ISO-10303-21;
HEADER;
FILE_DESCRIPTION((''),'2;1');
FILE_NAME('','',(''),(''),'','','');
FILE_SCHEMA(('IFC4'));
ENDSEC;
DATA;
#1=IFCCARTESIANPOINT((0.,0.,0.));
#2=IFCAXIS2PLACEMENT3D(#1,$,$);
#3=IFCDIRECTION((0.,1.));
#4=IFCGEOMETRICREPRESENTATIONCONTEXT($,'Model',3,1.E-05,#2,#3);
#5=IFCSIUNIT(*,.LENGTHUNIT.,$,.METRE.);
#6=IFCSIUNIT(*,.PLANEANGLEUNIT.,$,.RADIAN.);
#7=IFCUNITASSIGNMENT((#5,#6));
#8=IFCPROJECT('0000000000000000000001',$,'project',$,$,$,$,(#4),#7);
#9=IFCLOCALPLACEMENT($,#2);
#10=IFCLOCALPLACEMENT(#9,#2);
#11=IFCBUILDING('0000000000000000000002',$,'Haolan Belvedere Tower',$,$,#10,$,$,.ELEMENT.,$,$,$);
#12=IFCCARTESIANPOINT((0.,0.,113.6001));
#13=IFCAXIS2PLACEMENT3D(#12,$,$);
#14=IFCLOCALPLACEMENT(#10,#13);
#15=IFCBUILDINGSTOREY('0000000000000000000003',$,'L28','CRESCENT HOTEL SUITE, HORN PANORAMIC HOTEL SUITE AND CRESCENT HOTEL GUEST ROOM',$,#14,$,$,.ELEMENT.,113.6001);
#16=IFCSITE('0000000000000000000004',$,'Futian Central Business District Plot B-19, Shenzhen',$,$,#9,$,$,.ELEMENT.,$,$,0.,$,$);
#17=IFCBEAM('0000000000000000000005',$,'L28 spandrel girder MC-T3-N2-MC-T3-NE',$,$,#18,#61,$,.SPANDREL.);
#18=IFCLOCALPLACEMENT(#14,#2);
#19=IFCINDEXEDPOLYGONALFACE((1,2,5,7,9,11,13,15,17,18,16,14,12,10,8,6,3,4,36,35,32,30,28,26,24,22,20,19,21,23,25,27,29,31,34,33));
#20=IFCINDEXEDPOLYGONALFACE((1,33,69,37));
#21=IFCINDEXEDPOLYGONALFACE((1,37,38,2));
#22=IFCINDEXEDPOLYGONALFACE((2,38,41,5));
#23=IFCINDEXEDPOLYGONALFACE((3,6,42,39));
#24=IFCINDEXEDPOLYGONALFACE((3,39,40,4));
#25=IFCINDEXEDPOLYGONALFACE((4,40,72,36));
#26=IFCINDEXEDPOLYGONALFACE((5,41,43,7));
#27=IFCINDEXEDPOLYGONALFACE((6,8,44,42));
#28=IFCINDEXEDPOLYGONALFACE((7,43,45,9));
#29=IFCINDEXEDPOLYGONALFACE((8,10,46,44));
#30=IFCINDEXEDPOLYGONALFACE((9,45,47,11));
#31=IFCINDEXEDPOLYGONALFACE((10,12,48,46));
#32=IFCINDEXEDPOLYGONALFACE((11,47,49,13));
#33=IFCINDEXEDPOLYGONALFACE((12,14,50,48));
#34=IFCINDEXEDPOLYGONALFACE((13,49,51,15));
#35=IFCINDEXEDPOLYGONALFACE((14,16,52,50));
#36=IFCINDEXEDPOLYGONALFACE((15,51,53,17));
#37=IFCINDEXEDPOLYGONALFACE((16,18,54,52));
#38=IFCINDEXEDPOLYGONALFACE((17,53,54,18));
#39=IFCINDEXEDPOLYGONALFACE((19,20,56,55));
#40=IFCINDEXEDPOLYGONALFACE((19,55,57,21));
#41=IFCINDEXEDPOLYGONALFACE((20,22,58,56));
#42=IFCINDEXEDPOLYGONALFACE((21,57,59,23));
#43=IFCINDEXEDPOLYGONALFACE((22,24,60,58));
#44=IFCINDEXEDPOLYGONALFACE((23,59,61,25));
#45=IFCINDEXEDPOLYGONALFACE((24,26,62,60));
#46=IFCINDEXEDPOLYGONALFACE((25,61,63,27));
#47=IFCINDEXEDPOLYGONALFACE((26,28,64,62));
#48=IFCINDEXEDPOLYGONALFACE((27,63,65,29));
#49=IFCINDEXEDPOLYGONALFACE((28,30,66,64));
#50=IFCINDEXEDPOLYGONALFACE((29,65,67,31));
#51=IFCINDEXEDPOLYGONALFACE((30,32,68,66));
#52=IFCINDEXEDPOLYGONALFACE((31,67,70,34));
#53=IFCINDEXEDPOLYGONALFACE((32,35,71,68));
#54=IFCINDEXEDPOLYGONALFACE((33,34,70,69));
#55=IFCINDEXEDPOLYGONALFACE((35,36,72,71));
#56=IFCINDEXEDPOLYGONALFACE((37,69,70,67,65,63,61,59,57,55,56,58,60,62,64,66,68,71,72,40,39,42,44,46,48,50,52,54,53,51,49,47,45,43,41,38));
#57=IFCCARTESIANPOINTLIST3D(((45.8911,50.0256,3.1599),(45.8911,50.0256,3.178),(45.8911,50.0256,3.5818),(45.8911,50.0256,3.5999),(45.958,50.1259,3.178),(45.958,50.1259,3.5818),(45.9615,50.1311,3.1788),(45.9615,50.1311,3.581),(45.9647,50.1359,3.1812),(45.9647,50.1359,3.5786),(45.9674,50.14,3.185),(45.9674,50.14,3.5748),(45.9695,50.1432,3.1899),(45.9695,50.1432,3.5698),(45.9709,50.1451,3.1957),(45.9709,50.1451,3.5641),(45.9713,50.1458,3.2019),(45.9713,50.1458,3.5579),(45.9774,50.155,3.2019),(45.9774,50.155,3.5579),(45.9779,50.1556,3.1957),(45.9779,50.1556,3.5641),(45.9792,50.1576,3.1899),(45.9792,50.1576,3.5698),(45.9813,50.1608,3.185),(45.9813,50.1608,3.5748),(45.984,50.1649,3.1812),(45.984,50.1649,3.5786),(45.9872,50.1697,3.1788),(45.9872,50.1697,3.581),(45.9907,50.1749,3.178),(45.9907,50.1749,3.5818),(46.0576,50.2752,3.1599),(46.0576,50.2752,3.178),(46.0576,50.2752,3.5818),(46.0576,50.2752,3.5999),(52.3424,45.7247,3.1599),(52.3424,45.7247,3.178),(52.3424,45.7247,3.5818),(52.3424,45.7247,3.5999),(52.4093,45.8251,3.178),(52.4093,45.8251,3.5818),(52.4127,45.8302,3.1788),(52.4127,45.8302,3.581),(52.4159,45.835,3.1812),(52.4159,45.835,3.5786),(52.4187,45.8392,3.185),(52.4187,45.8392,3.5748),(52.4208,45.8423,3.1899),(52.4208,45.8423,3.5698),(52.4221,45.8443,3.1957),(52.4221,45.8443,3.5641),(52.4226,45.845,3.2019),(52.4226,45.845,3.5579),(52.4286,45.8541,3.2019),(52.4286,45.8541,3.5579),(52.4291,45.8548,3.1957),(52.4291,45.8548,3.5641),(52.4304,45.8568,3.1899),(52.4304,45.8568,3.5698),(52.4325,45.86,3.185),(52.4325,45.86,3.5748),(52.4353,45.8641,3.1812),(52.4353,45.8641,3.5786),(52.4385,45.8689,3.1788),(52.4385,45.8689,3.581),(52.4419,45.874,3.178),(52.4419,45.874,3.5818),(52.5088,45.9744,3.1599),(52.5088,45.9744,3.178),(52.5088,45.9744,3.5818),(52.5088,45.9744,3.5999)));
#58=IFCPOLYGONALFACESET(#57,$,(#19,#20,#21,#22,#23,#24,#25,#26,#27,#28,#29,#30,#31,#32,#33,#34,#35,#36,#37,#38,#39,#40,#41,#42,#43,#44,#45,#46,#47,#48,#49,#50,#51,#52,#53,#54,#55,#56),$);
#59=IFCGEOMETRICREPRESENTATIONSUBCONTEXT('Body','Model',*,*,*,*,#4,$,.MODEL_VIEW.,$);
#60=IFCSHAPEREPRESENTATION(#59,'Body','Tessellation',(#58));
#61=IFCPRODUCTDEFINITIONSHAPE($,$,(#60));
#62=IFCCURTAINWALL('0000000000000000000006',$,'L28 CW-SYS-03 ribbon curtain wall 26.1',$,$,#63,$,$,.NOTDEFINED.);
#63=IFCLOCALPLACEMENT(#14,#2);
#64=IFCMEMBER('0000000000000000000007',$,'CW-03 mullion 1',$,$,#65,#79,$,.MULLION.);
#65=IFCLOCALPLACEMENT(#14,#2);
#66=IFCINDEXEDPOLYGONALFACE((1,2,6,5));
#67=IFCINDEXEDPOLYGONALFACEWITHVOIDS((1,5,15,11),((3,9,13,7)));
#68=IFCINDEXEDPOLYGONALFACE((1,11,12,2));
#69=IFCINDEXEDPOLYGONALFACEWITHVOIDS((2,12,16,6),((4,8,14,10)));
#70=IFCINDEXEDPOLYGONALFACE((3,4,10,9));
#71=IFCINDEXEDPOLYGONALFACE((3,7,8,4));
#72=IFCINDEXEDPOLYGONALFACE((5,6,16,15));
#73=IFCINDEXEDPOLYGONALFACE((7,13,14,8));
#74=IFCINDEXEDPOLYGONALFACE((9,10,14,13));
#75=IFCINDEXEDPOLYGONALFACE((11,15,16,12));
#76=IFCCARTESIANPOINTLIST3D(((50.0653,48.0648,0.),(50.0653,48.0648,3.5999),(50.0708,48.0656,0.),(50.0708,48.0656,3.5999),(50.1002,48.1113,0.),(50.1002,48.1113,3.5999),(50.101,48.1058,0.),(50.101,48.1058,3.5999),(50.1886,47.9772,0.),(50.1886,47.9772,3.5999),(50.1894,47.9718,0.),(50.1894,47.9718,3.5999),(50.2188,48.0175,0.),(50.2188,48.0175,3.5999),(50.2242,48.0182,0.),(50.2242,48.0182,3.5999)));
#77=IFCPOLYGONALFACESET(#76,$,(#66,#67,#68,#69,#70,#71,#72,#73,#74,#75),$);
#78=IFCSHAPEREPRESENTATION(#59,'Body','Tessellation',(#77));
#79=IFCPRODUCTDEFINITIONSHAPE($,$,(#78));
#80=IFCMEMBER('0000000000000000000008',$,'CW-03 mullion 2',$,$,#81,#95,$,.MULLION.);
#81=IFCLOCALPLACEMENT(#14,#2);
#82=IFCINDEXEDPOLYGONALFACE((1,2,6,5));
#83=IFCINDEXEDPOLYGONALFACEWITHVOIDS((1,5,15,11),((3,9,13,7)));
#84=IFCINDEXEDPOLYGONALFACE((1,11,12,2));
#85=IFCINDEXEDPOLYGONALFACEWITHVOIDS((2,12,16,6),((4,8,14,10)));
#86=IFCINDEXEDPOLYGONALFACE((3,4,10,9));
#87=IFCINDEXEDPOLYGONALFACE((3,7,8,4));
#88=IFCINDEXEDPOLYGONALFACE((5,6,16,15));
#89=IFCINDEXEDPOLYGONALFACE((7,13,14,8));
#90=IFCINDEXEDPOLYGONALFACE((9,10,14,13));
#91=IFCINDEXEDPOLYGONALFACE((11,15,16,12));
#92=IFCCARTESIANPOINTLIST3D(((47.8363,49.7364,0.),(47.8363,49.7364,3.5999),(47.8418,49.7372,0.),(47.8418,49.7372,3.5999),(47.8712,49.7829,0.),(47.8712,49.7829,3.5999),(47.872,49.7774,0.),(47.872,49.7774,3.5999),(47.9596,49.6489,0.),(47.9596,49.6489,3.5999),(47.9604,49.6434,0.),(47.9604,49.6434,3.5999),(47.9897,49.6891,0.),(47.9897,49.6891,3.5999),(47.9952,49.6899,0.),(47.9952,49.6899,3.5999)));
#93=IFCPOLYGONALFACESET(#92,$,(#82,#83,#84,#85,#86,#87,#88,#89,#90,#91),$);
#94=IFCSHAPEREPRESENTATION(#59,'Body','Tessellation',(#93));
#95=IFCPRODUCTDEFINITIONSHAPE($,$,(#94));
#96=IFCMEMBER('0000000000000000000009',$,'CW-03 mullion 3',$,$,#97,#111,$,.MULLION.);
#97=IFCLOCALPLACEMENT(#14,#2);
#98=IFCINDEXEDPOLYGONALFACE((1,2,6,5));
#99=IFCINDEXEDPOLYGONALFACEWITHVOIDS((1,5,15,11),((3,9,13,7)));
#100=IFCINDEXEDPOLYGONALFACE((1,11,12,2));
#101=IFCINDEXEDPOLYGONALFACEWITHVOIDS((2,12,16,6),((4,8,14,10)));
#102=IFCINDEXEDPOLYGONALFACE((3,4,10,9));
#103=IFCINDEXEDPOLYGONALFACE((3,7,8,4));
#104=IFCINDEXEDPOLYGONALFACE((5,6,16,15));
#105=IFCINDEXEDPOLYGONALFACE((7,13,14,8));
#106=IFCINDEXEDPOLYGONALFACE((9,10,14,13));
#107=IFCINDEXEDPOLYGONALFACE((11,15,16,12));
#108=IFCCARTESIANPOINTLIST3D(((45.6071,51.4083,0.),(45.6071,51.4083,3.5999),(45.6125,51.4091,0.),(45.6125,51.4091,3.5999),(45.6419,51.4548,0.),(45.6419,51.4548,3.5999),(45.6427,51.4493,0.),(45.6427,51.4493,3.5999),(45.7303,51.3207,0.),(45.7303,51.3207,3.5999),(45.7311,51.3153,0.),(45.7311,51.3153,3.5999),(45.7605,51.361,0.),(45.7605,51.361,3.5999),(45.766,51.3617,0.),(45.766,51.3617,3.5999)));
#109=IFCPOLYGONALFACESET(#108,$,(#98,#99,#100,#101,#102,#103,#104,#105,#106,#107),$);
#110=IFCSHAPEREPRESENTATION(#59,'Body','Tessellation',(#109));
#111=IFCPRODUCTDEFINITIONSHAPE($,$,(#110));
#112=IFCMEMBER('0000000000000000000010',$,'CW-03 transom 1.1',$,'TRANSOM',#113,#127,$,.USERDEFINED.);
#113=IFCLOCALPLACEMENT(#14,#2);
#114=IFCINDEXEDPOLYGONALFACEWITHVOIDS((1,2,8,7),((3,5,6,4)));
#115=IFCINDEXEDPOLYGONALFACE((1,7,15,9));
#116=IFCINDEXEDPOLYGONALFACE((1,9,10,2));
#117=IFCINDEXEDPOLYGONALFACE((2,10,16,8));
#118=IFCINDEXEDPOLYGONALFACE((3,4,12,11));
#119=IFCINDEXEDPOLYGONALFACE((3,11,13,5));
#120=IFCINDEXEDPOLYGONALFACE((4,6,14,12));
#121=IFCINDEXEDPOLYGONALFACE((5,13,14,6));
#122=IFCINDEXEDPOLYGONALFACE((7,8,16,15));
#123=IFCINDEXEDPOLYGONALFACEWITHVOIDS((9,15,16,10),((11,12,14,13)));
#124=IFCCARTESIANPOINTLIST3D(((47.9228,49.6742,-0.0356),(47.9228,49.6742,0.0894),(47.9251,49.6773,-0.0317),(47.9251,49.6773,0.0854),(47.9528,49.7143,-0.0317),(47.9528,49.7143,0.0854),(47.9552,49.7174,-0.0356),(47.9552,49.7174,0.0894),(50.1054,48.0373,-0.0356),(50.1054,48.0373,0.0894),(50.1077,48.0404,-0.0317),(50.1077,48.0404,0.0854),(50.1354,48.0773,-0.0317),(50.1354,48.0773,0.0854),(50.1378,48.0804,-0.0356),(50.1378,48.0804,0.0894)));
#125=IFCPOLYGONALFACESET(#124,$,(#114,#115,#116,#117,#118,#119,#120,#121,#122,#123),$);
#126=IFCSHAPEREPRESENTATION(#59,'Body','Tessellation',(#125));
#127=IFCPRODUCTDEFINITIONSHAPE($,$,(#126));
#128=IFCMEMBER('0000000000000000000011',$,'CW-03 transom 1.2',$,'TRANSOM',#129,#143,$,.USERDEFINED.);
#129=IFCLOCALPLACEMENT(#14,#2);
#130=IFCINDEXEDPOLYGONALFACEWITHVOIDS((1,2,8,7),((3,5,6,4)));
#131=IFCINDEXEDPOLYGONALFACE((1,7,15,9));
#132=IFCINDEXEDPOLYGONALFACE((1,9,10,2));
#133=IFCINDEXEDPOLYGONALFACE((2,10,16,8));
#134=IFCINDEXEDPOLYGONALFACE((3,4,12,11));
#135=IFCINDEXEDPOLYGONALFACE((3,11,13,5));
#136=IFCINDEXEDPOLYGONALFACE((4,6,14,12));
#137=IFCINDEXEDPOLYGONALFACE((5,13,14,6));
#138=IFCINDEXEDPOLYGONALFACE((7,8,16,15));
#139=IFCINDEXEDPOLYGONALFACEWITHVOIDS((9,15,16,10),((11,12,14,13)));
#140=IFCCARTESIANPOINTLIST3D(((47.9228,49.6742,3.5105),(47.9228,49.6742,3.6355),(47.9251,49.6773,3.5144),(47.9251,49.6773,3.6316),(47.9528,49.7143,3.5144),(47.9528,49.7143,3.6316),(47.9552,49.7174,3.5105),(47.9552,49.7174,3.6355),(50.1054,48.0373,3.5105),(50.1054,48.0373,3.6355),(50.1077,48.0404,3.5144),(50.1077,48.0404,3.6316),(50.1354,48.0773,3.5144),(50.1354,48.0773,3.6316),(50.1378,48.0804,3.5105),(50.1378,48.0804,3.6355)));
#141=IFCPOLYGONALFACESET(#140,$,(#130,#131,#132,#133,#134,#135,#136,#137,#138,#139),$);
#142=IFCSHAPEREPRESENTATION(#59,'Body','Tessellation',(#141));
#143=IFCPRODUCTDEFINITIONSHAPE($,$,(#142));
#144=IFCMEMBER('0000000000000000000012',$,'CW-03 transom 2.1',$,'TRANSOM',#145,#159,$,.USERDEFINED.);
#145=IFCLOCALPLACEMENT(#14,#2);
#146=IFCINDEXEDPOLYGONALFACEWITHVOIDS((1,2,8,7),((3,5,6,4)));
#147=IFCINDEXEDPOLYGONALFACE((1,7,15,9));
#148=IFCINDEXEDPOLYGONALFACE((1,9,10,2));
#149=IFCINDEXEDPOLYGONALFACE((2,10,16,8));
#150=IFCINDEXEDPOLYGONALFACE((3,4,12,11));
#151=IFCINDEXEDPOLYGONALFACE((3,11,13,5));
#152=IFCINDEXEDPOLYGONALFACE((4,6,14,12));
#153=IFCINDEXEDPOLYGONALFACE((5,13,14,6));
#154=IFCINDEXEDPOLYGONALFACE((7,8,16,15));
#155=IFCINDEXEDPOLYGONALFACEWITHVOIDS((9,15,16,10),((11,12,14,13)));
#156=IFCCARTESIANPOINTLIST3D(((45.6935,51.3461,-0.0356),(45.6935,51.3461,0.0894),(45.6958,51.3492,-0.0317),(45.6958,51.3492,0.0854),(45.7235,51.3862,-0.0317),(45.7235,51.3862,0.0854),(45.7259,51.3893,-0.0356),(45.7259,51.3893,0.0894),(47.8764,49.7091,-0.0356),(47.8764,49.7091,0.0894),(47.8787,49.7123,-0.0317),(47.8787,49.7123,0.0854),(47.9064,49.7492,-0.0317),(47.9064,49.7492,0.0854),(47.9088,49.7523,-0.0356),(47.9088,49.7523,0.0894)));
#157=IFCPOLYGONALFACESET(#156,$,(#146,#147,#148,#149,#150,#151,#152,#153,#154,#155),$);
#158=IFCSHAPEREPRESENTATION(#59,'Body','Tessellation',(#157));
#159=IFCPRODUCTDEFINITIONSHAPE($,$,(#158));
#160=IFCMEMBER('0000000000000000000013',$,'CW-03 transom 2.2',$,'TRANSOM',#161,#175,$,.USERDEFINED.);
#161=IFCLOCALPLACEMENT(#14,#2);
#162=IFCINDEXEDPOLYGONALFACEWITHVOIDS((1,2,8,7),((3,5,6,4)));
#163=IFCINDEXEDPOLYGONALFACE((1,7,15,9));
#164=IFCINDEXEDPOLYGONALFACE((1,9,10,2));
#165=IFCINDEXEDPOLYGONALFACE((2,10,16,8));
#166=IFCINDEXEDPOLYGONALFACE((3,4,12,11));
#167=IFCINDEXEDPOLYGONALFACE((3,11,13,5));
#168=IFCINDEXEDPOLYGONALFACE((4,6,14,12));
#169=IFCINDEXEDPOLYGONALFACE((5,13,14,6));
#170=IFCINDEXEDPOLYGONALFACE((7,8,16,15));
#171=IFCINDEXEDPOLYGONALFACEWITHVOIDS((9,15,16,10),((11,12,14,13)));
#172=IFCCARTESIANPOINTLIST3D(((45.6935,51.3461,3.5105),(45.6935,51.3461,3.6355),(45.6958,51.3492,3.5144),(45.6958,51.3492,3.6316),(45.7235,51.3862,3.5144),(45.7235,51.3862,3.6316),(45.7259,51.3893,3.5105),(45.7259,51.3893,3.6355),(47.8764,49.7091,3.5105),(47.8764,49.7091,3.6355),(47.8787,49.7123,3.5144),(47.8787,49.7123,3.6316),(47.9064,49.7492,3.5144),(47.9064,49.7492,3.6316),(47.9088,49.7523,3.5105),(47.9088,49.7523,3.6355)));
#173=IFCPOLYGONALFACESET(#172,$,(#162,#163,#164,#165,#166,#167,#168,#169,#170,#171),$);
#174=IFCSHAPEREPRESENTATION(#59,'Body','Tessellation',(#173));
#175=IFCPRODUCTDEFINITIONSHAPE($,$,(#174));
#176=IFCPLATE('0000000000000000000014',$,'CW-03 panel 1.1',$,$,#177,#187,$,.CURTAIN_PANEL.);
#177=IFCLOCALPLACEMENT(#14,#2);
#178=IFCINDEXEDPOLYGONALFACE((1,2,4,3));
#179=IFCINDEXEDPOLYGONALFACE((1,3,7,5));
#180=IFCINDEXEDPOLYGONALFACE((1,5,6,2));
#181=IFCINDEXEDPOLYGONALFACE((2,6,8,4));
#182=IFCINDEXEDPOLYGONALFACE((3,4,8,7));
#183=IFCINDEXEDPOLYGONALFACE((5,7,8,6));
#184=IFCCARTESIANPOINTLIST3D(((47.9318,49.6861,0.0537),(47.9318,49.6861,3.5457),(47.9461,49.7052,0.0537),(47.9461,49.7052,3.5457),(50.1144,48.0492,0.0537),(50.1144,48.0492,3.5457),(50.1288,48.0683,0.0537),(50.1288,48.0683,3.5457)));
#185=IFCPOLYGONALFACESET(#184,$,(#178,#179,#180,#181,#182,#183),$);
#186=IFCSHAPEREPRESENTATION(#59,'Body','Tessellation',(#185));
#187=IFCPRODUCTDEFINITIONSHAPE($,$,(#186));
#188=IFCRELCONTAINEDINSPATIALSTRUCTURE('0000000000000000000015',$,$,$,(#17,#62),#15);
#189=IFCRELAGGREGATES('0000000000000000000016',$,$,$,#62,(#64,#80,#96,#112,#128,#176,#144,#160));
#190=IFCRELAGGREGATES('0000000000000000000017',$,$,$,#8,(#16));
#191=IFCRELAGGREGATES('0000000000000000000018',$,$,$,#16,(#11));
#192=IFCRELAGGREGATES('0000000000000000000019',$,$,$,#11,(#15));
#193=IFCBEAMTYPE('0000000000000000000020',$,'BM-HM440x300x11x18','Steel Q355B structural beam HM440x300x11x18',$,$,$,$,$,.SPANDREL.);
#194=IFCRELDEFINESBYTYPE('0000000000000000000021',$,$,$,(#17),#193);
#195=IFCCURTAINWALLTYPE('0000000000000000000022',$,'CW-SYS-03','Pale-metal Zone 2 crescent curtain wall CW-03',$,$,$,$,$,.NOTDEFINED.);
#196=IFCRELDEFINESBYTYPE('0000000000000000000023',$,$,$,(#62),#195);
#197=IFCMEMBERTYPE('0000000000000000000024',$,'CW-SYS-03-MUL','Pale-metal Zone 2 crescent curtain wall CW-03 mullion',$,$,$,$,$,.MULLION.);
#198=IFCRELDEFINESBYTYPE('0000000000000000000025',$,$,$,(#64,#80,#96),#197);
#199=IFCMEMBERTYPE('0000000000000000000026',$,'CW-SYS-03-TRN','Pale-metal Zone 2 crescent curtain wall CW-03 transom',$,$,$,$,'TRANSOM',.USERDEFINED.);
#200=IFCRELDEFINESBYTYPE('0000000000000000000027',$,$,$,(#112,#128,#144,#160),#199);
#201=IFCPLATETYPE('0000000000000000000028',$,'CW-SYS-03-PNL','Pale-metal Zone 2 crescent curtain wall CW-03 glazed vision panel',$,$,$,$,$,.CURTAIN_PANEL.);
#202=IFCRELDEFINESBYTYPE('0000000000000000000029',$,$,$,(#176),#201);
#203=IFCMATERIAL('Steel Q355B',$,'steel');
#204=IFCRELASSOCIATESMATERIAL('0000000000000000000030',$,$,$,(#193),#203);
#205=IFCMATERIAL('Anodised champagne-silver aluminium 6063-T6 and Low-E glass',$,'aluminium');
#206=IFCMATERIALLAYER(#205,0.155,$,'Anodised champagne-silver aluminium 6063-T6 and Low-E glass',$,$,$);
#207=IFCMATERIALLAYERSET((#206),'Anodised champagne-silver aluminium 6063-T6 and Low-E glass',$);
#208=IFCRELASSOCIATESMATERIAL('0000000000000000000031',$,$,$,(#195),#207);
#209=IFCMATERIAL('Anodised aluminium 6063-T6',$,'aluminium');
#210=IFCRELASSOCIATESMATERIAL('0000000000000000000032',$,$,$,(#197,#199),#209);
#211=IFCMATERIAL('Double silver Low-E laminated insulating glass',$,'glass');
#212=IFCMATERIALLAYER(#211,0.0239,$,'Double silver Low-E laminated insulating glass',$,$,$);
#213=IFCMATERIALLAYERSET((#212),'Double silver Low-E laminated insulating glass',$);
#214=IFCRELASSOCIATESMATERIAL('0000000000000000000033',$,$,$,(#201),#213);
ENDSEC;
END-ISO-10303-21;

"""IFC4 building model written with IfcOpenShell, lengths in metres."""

from ifc_helpers import new_model, si_unit, direction, frame, origin, origin_2d, place, context, subcontext, project, spatial, rectangle, hollow_rectangle, i_section, extrude, material, layer, layer_set, material_profile, profile_set, type_object, element, aggregate, save


model = new_model("IFC4")

# Units and contexts
model_context = context("Model", 3, precision=1e-05, world=origin(), true_north=direction((0.0, 1.0)))
body_context = subcontext(model_context, "Body", "Model", "MODEL_VIEW")
ifc_project = project(units=[si_unit("LENGTHUNIT", "METRE"), si_unit("PLANEANGLEUNIT", "RADIAN")], contexts=[model_context])

# Site, building, storey
site_placement = place(None, origin())
site = spatial("IfcSite", under=ifc_project, at=site_placement, Name="Futian Central Business District Plot B-19, Shenzhen", CompositionType="ELEMENT", RefElevation=0.0)
building_placement = place(site_placement, origin())
building = spatial("IfcBuilding", under=site, at=building_placement, Name="Haolan Belvedere Tower", CompositionType="ELEMENT")
storey_placement = place(building_placement, frame((0.0, 0.0, 113.6001)))
storey = spatial("IfcBuildingStorey", under=building, at=storey_placement, Name="L28", Description="CRESCENT HOTEL SUITE, HORN PANORAMIC HOTEL SUITE AND CRESCENT HOTEL GUEST ROOM", CompositionType="ELEMENT", Elevation=113.6001)

# Beam
ifc_material_1 = material(Name="Steel Q355B", Category="steel")
ifc_material_profile_1 = material_profile(ifc_material_1, i_section(OverallWidth=0.3, OverallDepth=0.4399, WebThickness=0.011, FlangeThickness=0.0181, FilletRadius=0.0239, at=origin_2d()), Name="Steel Q355B")
ifc_profile_set_1 = profile_set([ifc_material_profile_1], Name="Steel Q355B")
beam_type = type_object("IfcBeamType", Name="BM-HM440x300x11x18", Description="Steel Q355B structural beam HM440x300x11x18", PredefinedType="SPANDREL", material=ifc_profile_set_1)
beam_placement = place(storey_placement, frame((45.9744, 50.1504, 3.3799), z_axis=(0.83205, -0.5547, 0.0), x_axis=(0.5547, 0.83205, 0.0)))
element("IfcBeam", 1, at=beam_placement, inside=storey, type_object=beam_type, Name="L28 spandrel girder MC-T3-N2-MC-T3-NE", PredefinedType="SPANDREL", context=body_context, shape_type="SweptSolid", body=[
    extrude(i_section(OverallWidth=0.3, OverallDepth=0.4399, WebThickness=0.011, FlangeThickness=0.0181, FilletRadius=0.0239, at=origin_2d()), origin(), (0.0, 0.0, 1.0), 7.7534),
])

# Curtain wall, members, plate
ifc_material_2 = material(Name="Anodised champagne-silver aluminium 6063-T6 and Low-E glass", Category="aluminium")
ifc_layer_1 = layer(ifc_material_2, 0.155, Name="Anodised champagne-silver aluminium 6063-T6 and Low-E glass")
ifc_layer_set_1 = layer_set([ifc_layer_1], Name="Anodised champagne-silver aluminium 6063-T6 and Low-E glass")
curtain_wall_type = type_object("IfcCurtainWallType", Name="CW-SYS-03", Description="Pale-metal Zone 2 crescent curtain wall CW-03", PredefinedType="NOTDEFINED", material=ifc_layer_set_1)
curtain_wall_placement = place(storey_placement, origin())
curtain_wall = element("IfcCurtainWall", 2, at=curtain_wall_placement, inside=storey, type_object=curtain_wall_type, Name="L28 CW-SYS-03 ribbon curtain wall 26.1", PredefinedType="NOTDEFINED")
ifc_material_3 = material(Name="Anodised aluminium 6063-T6", Category="aluminium")
ifc_material_profile_2 = material_profile(ifc_material_3, hollow_rectangle(XDim=0.0581, YDim=0.155, WallThickness=0.0039, at=origin_2d()), Name="Anodised aluminium 6063-T6")
ifc_profile_set_2 = profile_set([ifc_material_profile_2], Name="Anodised aluminium 6063-T6")
member_type_1 = type_object("IfcMemberType", Name="CW-SYS-03-MUL", Description="Pale-metal Zone 2 crescent curtain wall CW-03 mullion", PredefinedType="MULLION", material=ifc_profile_set_2)
member_1_placement = place(storey_placement, frame((50.1448, 48.0415, 0.0), z_axis=(0.0, 0.0, 1.0), x_axis=(-0.599994, -0.800004, 0.0)))
member_1 = element("IfcMember", 3, at=member_1_placement, type_object=member_type_1, Name="CW-03 mullion 1", PredefinedType="MULLION", context=body_context, shape_type="SweptSolid", body=[
    extrude(hollow_rectangle(XDim=0.0581, YDim=0.155, WallThickness=0.0039, at=origin_2d()), origin(), (0.0, 0.0, 1.0), 3.5999),
])
member_2_placement = place(storey_placement, frame((47.9158, 49.7131, 0.0), z_axis=(0.0, 0.0, 1.0), x_axis=(-0.599994, -0.800004, 0.0)))
member_2 = element("IfcMember", 4, at=member_2_placement, type_object=member_type_1, Name="CW-03 mullion 2", PredefinedType="MULLION", context=body_context, shape_type="SweptSolid", body=[
    extrude(hollow_rectangle(XDim=0.0581, YDim=0.155, WallThickness=0.0039, at=origin_2d()), origin(), (0.0, 0.0, 1.0), 3.5999),
])
member_3_placement = place(storey_placement, frame((45.6865, 51.385, 0.0), z_axis=(0.0, 0.0, 1.0), x_axis=(-0.599994, -0.800004, 0.0)))
member_3 = element("IfcMember", 5, at=member_3_placement, type_object=member_type_1, Name="CW-03 mullion 3", PredefinedType="MULLION", context=body_context, shape_type="SweptSolid", body=[
    extrude(hollow_rectangle(XDim=0.0581, YDim=0.155, WallThickness=0.0039, at=origin_2d()), origin(), (0.0, 0.0, 1.0), 3.5999),
])
ifc_material_profile_3 = material_profile(ifc_material_3, hollow_rectangle(XDim=0.054, YDim=0.125, WallThickness=0.0039, at=origin_2d()), Name="Anodised aluminium 6063-T6")
ifc_profile_set_3 = profile_set([ifc_material_profile_3], Name="Anodised aluminium 6063-T6")
member_type_2 = type_object("IfcMemberType", Name="CW-SYS-03-TRN", Description="Pale-metal Zone 2 crescent curtain wall CW-03 transom", ElementType="TRANSOM", PredefinedType="USERDEFINED", material=ifc_profile_set_3)
member_4_placement = place(storey_placement, frame((50.1216, 48.0588, 0.0269), z_axis=(-0.8, 0.6, 0.0), x_axis=(-0.6, -0.8, 0.0)))
member_4 = element("IfcMember", 6, at=member_4_placement, type_object=member_type_2, Name="CW-03 transom 1.1", ObjectType="TRANSOM", PredefinedType="USERDEFINED", context=body_context, shape_type="SweptSolid", body=[
    extrude(hollow_rectangle(XDim=0.054, YDim=0.125, WallThickness=0.0039, at=origin_2d()), origin(), (0.0, 0.0, 1.0), 2.7283),
])
member_5_placement = place(storey_placement, frame((50.1216, 48.0588, 3.573), z_axis=(-0.8, 0.6, 0.0), x_axis=(-0.6, -0.8, 0.0)))
member_5 = element("IfcMember", 7, at=member_5_placement, type_object=member_type_2, Name="CW-03 transom 1.2", ObjectType="TRANSOM", PredefinedType="USERDEFINED", context=body_context, shape_type="SweptSolid", body=[
    extrude(hollow_rectangle(XDim=0.054, YDim=0.125, WallThickness=0.0039, at=origin_2d()), origin(), (0.0, 0.0, 1.0), 2.7283),
])
member_6_placement = place(storey_placement, frame((47.8926, 49.7307, 0.0269), z_axis=(-0.800032, 0.599957, 0.0), x_axis=(-0.599957, -0.800032, 0.0)))
member_6 = element("IfcMember", 8, at=member_6_placement, type_object=member_type_2, Name="CW-03 transom 2.1", ObjectType="TRANSOM", PredefinedType="USERDEFINED", context=body_context, shape_type="SweptSolid", body=[
    extrude(hollow_rectangle(XDim=0.054, YDim=0.125, WallThickness=0.0039, at=origin_2d()), origin(), (0.0, 0.0, 1.0), 2.7285),
])
member_7_placement = place(storey_placement, frame((47.8926, 49.7307, 3.573), z_axis=(-0.800032, 0.599957, 0.0), x_axis=(-0.599957, -0.800032, 0.0)))
member_7 = element("IfcMember", 9, at=member_7_placement, type_object=member_type_2, Name="CW-03 transom 2.2", ObjectType="TRANSOM", PredefinedType="USERDEFINED", context=body_context, shape_type="SweptSolid", body=[
    extrude(hollow_rectangle(XDim=0.054, YDim=0.125, WallThickness=0.0039, at=origin_2d()), origin(), (0.0, 0.0, 1.0), 2.7285),
])
ifc_material_4 = material(Name="Double silver Low-E laminated insulating glass", Category="glass")
ifc_layer_2 = layer(ifc_material_4, 0.0239, Name="Double silver Low-E laminated insulating glass")
ifc_layer_set_2 = layer_set([ifc_layer_2], Name="Double silver Low-E laminated insulating glass")
plate_type = type_object("IfcPlateType", Name="CW-SYS-03-PNL", Description="Pale-metal Zone 2 crescent curtain wall CW-03 glazed vision panel", PredefinedType="CURTAIN_PANEL", material=ifc_layer_set_2)
plate_1_placement = place(storey_placement, frame((49.0303, 48.8772, 0.0537), z_axis=(0.0, 0.0, 1.0), x_axis=(-0.800004, 0.599994, 0.0)))
plate_1 = element("IfcPlate", 10, at=plate_1_placement, type_object=plate_type, Name="CW-03 panel 1.1", PredefinedType="CURTAIN_PANEL", context=body_context, shape_type="SweptSolid", body=[
    extrude(rectangle(XDim=2.7283, YDim=0.0239, at=origin_2d()), origin(), (0.0, 0.0, 1.0), 3.4919),
])
aggregate(curtain_wall, [member_1, member_2, member_3, member_4, member_5, plate_1, member_6, member_7])

save(model, "model.ifc")
